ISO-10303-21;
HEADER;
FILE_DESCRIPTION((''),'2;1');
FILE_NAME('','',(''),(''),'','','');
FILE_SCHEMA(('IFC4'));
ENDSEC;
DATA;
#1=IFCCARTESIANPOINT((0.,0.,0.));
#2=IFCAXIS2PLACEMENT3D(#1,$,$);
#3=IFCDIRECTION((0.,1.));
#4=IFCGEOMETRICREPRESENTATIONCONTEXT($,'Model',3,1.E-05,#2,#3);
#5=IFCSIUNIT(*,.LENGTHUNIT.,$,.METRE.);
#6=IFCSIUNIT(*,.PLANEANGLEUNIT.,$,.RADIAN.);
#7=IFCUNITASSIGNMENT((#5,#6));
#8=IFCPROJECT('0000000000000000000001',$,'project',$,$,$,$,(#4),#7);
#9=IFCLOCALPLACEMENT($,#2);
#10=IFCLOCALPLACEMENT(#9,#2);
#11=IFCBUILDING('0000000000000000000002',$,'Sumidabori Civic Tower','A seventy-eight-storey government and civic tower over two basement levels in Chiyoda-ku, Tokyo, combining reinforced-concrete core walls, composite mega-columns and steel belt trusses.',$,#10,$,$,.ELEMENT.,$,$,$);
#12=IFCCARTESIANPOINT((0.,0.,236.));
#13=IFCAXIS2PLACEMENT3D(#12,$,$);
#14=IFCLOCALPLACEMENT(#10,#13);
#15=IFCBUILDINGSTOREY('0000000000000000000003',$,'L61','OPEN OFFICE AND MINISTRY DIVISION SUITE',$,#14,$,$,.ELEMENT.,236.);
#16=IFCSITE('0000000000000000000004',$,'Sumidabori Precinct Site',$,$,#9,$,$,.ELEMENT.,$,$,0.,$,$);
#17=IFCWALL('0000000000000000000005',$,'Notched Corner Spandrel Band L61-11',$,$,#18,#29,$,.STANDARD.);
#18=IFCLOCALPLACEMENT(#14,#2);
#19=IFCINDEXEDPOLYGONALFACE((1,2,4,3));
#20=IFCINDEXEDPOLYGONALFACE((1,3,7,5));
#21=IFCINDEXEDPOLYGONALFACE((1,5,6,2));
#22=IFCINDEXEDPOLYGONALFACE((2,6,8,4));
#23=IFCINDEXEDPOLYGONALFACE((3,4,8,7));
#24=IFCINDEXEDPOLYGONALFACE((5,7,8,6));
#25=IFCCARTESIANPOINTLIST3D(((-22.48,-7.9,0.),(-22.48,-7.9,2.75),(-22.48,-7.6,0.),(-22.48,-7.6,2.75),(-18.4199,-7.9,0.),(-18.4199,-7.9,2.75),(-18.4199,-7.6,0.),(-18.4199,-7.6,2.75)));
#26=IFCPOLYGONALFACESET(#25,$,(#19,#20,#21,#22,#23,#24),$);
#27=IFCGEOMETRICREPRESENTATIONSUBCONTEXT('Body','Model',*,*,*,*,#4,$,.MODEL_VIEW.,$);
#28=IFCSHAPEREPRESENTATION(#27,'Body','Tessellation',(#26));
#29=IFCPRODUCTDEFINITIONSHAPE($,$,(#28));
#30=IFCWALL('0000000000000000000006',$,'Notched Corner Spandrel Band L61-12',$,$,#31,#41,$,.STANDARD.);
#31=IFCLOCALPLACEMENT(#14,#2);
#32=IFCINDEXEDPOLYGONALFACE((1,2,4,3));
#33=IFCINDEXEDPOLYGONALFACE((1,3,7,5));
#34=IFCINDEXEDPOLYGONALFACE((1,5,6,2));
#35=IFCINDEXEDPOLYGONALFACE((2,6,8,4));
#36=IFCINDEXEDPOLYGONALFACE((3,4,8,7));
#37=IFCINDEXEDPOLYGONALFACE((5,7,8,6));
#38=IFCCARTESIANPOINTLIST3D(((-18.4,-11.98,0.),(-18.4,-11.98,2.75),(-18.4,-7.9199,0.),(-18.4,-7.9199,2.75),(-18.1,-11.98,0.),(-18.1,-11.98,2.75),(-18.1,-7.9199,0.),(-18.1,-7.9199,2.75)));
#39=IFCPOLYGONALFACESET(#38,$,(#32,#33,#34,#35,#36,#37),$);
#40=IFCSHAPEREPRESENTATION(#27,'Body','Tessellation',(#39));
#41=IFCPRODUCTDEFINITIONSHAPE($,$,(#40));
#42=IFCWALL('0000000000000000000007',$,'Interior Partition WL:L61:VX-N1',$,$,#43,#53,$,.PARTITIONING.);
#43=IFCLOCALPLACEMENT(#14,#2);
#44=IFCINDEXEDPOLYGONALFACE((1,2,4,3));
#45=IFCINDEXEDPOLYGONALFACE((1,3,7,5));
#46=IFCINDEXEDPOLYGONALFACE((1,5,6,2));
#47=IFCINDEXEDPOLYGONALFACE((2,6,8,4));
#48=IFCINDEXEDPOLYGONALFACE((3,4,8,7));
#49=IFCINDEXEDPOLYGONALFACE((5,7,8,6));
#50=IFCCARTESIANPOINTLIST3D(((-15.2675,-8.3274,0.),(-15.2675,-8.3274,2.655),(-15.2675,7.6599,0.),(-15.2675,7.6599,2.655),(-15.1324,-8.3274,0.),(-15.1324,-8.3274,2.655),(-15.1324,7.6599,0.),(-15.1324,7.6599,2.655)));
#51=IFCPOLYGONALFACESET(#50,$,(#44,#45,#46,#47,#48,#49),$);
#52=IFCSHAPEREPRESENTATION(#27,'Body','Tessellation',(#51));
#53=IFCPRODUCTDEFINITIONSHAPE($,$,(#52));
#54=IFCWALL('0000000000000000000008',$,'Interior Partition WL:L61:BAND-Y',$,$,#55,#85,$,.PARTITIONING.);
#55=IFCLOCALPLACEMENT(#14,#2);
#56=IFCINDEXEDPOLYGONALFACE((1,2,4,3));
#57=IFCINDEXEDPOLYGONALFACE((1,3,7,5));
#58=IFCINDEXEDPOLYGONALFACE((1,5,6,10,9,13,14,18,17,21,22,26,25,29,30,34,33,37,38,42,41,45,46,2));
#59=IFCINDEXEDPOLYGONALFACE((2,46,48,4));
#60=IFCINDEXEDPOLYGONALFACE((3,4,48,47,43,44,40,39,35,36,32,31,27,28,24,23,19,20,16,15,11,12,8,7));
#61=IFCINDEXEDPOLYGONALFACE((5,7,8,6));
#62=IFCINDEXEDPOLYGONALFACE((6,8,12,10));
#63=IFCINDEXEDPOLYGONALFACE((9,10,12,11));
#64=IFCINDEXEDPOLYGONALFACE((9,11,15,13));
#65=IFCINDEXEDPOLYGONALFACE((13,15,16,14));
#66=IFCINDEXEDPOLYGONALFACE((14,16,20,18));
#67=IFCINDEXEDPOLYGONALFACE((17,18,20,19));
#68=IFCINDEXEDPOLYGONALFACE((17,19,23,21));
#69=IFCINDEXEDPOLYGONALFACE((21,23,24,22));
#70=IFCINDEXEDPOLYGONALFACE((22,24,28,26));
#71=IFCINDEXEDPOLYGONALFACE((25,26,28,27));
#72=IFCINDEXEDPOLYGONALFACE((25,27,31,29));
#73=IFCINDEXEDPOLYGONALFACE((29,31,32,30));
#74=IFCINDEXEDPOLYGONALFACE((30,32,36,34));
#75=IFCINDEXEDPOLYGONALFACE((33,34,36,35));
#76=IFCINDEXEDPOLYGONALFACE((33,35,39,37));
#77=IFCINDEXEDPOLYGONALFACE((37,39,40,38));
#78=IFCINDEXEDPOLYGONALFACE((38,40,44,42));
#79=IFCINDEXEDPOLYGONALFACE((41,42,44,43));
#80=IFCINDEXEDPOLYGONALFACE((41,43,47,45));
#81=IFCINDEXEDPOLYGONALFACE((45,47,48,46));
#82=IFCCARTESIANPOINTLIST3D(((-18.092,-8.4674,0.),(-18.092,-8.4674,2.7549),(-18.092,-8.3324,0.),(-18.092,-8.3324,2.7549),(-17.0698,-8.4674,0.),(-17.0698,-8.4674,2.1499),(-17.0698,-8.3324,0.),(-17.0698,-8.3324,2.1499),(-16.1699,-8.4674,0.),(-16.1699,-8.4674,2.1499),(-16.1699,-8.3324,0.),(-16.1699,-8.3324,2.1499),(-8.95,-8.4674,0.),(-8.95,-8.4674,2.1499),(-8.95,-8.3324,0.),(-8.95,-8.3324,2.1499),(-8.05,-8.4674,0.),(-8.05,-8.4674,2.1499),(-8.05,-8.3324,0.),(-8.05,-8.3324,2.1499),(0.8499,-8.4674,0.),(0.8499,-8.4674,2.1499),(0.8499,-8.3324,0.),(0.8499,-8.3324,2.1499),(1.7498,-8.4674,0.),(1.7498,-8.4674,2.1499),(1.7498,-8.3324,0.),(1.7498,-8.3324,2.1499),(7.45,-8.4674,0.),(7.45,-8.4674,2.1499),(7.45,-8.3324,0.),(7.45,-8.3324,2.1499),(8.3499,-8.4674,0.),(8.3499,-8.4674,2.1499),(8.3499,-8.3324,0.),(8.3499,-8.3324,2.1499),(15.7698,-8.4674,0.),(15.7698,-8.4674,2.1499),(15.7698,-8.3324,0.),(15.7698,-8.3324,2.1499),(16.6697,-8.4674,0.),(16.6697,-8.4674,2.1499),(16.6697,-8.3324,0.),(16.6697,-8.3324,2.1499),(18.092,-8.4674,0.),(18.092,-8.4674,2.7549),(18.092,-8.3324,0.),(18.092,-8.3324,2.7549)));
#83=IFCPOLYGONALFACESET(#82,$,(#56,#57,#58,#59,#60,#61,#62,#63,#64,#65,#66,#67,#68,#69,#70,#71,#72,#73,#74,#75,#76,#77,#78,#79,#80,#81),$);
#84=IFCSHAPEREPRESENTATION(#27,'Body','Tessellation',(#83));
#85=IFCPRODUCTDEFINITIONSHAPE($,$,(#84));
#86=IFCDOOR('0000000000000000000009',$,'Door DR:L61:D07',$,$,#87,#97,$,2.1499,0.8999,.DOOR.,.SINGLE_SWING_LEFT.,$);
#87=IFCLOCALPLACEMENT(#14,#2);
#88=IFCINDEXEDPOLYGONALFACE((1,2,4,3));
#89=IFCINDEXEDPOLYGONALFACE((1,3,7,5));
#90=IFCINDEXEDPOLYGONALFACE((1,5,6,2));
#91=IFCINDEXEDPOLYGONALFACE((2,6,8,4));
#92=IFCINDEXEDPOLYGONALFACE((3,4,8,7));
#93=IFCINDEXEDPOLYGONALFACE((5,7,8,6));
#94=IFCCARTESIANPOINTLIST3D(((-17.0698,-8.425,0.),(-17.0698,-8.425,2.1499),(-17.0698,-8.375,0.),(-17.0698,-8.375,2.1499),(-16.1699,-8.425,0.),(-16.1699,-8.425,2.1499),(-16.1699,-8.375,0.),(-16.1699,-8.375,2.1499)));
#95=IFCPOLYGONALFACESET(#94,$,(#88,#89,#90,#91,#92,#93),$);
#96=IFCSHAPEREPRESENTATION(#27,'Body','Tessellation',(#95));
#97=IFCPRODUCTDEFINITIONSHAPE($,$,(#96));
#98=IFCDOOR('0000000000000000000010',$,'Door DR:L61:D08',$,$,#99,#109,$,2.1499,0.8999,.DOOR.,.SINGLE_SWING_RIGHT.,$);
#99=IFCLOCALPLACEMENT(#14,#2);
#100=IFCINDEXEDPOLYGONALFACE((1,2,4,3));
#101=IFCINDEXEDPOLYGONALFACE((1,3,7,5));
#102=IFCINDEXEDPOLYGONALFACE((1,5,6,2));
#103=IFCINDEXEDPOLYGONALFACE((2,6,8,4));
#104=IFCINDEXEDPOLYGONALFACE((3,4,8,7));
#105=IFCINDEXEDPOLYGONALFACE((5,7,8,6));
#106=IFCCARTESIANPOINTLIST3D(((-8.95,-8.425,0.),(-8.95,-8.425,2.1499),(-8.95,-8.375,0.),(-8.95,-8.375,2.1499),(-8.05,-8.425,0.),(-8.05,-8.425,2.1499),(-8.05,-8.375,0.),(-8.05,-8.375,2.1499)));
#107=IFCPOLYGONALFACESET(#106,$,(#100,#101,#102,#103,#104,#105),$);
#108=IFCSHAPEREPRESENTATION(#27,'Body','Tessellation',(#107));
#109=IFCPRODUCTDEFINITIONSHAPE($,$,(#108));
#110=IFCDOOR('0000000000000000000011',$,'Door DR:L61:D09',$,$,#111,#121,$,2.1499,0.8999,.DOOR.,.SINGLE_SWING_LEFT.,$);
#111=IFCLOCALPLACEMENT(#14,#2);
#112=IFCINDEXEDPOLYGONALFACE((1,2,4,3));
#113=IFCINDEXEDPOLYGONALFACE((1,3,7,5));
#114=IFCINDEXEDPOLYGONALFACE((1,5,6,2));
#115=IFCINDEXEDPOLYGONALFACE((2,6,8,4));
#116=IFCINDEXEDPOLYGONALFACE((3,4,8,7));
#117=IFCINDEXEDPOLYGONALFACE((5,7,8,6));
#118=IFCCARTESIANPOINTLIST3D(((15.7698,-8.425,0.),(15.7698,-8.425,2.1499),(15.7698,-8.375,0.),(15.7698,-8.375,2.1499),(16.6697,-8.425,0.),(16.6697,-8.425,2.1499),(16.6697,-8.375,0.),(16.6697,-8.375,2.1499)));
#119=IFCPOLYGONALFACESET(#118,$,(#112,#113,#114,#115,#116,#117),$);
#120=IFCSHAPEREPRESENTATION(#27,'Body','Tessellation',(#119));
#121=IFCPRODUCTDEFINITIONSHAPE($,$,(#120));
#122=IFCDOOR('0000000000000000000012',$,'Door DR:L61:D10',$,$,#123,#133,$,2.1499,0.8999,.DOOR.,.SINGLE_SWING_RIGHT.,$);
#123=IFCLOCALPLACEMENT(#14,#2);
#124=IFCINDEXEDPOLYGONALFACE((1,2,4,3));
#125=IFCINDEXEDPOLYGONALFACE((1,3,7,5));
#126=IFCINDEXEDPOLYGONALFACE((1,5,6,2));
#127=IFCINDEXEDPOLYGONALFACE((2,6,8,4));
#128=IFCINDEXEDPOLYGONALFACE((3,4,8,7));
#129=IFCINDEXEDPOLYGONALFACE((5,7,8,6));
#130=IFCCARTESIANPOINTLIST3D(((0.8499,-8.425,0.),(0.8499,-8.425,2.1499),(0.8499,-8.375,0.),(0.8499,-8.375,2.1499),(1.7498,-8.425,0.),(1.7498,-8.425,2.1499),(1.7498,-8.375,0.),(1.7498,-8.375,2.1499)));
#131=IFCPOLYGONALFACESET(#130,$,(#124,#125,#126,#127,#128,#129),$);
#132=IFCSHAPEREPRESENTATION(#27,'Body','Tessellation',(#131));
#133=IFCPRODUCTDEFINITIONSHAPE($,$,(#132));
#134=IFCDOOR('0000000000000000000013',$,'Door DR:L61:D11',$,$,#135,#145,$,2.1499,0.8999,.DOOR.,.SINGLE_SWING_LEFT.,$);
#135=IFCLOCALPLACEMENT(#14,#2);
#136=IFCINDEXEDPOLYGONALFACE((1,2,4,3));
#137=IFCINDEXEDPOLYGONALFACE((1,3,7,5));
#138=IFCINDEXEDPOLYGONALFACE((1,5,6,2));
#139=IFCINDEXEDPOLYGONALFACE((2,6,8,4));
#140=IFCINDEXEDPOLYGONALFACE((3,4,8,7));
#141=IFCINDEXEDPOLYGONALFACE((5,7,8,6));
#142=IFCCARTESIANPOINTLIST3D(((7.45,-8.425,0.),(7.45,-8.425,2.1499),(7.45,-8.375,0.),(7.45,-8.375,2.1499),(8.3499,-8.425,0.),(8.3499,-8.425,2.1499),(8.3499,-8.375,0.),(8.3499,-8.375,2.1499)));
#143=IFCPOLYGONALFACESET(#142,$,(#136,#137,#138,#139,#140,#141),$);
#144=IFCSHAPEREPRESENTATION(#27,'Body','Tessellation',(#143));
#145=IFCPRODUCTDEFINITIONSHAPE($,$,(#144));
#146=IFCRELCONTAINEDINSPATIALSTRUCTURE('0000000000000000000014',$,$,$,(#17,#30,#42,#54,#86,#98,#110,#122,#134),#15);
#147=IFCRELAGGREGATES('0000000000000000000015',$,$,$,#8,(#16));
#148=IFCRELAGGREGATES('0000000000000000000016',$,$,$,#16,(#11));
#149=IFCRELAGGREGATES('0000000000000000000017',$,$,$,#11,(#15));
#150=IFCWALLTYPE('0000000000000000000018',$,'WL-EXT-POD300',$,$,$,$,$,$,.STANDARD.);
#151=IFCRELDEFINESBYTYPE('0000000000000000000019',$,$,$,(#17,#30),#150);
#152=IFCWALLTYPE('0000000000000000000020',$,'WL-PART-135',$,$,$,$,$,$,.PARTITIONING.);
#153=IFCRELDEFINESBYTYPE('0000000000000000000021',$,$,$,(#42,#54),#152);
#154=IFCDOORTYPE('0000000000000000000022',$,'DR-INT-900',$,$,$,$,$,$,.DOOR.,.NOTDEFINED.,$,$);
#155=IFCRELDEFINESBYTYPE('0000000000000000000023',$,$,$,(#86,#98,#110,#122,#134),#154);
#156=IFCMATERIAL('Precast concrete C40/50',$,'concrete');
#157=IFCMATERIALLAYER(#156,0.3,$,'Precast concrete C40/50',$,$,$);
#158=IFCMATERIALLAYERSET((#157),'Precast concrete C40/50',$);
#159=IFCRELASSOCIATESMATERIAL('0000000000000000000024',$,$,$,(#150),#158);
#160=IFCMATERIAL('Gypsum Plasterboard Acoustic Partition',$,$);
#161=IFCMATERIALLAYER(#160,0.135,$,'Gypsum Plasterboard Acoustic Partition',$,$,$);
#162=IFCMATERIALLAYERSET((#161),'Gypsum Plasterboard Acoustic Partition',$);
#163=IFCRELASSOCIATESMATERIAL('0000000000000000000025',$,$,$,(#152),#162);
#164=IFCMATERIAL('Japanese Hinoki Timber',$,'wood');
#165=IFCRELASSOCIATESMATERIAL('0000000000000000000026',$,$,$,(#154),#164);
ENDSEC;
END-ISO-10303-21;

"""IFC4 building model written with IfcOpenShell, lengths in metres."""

from ifc_helpers import new_model, si_unit, direction, frame, frame_2d, origin, place, context, subcontext, project, spatial, rectangle, extrude, source, transform, mapped, material, layer, layer_set, type_object, element, fill, save


model = new_model("IFC4")

# Units and contexts
model_context = context("Model", 3, precision=1e-05, world=origin(), true_north=direction((0.0, 1.0)))
body_context = subcontext(model_context, "Body", "Model", "MODEL_VIEW")
ifc_project = project(units=[si_unit("LENGTHUNIT", "METRE"), si_unit("PLANEANGLEUNIT", "RADIAN")], contexts=[model_context])

# Site, building, storey
site_placement = place(None, origin())
site = spatial("IfcSite", under=ifc_project, at=site_placement, Name="Sumidabori Precinct Site", CompositionType="ELEMENT", RefElevation=0.0)
building_placement = place(site_placement, origin())
building = spatial("IfcBuilding", under=site, at=building_placement, Name="Sumidabori Civic Tower", Description="A seventy-eight-storey government and civic tower over two basement levels in Chiyoda-ku, Tokyo, combining reinforced-concrete core walls, composite mega-columns and steel belt trusses.", CompositionType="ELEMENT")
storey_placement = place(building_placement, frame((0.0, 0.0, 236.0)))
storey = spatial("IfcBuildingStorey", under=building, at=storey_placement, Name="L61", Description="OPEN OFFICE AND MINISTRY DIVISION SUITE", CompositionType="ELEMENT", Elevation=236.0)

# Walls
ifc_material_1 = material(Name="Precast concrete C40/50", Category="concrete")
ifc_layer_1 = layer(ifc_material_1, 0.3, Name="Precast concrete C40/50")
ifc_layer_set_1 = layer_set([ifc_layer_1], Name="Precast concrete C40/50")
wall_type_1 = type_object("IfcWallType", Name="WL-EXT-POD300", PredefinedType="STANDARD", material=ifc_layer_set_1)
shared_shape_1 = source(origin(), body_context, "Body", "SweptSolid", [
    extrude(rectangle(XDim=4.0601, YDim=0.3, at=frame_2d((2.03, 0.0))), origin(), (0.0, 0.0, 1.0), 2.75),
])
for number, where, z_axis, x_axis, name in (
    (1, (-22.48, -7.75, 0.0), (0.0, 0.0, 1.0), (1.0, 0.0, 0.0), "Notched Corner Spandrel Band L61-11"),
    (2, (-18.25, -7.9199, 0.0), (0.0, 0.0, 1.0), (0.0, -1.0, 0.0), "Notched Corner Spandrel Band L61-12"),
):
    element("IfcWall", number, at=place(storey_placement, frame(where, z_axis=z_axis, x_axis=x_axis)), inside=storey, type_object=wall_type_1, Name=name, PredefinedType="STANDARD", context=body_context, shape_type="MappedRepresentation", body=[
        mapped(shared_shape_1, transform((0.0, 0.0, 0.0), x_axis=(1.0, 0.0, 0.0), y_axis=(0.0, 1.0, 0.0), z_axis=(0.0, 0.0, 1.0), scale=1.0)),
    ])
ifc_material_2 = material(Name="Gypsum Plasterboard Acoustic Partition")
ifc_layer_2 = layer(ifc_material_2, 0.135, Name="Gypsum Plasterboard Acoustic Partition")
ifc_layer_set_2 = layer_set([ifc_layer_2], Name="Gypsum Plasterboard Acoustic Partition")
wall_type_2 = type_object("IfcWallType", Name="WL-PART-135", PredefinedType="PARTITIONING", material=ifc_layer_set_2)
shared_shape_2 = source(origin(), body_context, "Body", "SweptSolid", [
    extrude(rectangle(XDim=15.9873, YDim=0.135, at=frame_2d((7.9937, 0.0))), origin(), (0.0, 0.0, 1.0), 2.655),
])
wall_1_placement = place(storey_placement, frame((-15.2, -8.3274, 0.0), z_axis=(0.0, 0.0, 1.0), x_axis=(0.0, 1.0, 0.0)))
element("IfcWall", 3, at=wall_1_placement, inside=storey, type_object=wall_type_2, Name="Interior Partition WL:L61:VX-N1", PredefinedType="PARTITIONING", context=body_context, shape_type="MappedRepresentation", body=[
    mapped(shared_shape_2, transform((0.0, 0.0, 0.0), x_axis=(1.0, 0.0, 0.0), y_axis=(0.0, 1.0, 0.0), z_axis=(0.0, 0.0, 1.0), scale=1.0)),
])

# Wall, openings, doors
shared_shape_3 = source(origin(), body_context, "Body", "SweptSolid", [
    extrude(rectangle(XDim=36.1841, YDim=0.135, at=frame_2d((18.092, 0.0))), origin(), (0.0, 0.0, 1.0), 2.7549),
])
wall_2_placement = place(storey_placement, frame((-18.092, -8.3999, 0.0), z_axis=(0.0, 0.0, 1.0), x_axis=(1.0, 0.0, 0.0)))
wall_2 = element("IfcWall", 4, at=wall_2_placement, inside=storey, type_object=wall_type_2, Name="Interior Partition WL:L61:BAND-Y", PredefinedType="PARTITIONING", context=body_context, shape_type="MappedRepresentation", body=[
    mapped(shared_shape_3, transform((0.0, 0.0, 0.0), x_axis=(1.0, 0.0, 0.0), y_axis=(0.0, 1.0, 0.0), z_axis=(0.0, 0.0, 1.0), scale=1.0)),
])
opening_1_placement = place(wall_2_placement, frame((1.0222, 0.0, 0.0)))
opening_1 = element("IfcOpeningElement", 5, at=opening_1_placement, cuts=wall_2, PredefinedType="OPENING", context=body_context, shape_type="SweptSolid", body=[
    extrude(rectangle(XDim=0.8999, YDim=2.1499, at=frame_2d((0.45, 1.075))), frame((0.0, 0.0796, 0.0), z_axis=(0.0, -1.0, 0.0), x_axis=(1.0, 0.0, 0.0)), (0.0, 0.0, 1.0), 0.1589),
])
opening_2_placement = place(wall_2_placement, frame((9.1421, 0.0, 0.0)))
opening_2 = element("IfcOpeningElement", 6, at=opening_2_placement, cuts=wall_2, PredefinedType="OPENING", context=body_context, shape_type="SweptSolid", body=[
    extrude(rectangle(XDim=0.8999, YDim=2.1499, at=frame_2d((0.45, 1.075))), frame((0.0, 0.0796, 0.0), z_axis=(0.0, -1.0, 0.0), x_axis=(1.0, 0.0, 0.0)), (0.0, 0.0, 1.0), 0.1589),
])
opening_3_placement = place(wall_2_placement, frame((33.8618, 0.0, 0.0)))
opening_3 = element("IfcOpeningElement", 7, at=opening_3_placement, cuts=wall_2, PredefinedType="OPENING", context=body_context, shape_type="SweptSolid", body=[
    extrude(rectangle(XDim=0.8999, YDim=2.1499, at=frame_2d((0.45, 1.075))), frame((0.0, 0.0796, 0.0), z_axis=(0.0, -1.0, 0.0), x_axis=(1.0, 0.0, 0.0)), (0.0, 0.0, 1.0), 0.1589),
])
opening_4_placement = place(wall_2_placement, frame((18.9419, 0.0, 0.0)))
opening_4 = element("IfcOpeningElement", 8, at=opening_4_placement, cuts=wall_2, PredefinedType="OPENING", context=body_context, shape_type="SweptSolid", body=[
    extrude(rectangle(XDim=0.8999, YDim=2.1499, at=frame_2d((0.45, 1.075))), frame((0.0, 0.0796, 0.0), z_axis=(0.0, -1.0, 0.0), x_axis=(1.0, 0.0, 0.0)), (0.0, 0.0, 1.0), 0.1589),
])
opening_5_placement = place(wall_2_placement, frame((25.542, 0.0, 0.0)))
opening_5 = element("IfcOpeningElement", 9, at=opening_5_placement, cuts=wall_2, PredefinedType="OPENING", context=body_context, shape_type="SweptSolid", body=[
    extrude(rectangle(XDim=0.8999, YDim=2.1499, at=frame_2d((0.45, 1.075))), frame((0.0, 0.0796, 0.0), z_axis=(0.0, -1.0, 0.0), x_axis=(1.0, 0.0, 0.0)), (0.0, 0.0, 1.0), 0.1589),
])
ifc_material_3 = material(Name="Japanese Hinoki Timber", Category="wood")
door_type = type_object("IfcDoorType", Name="DR-INT-900", OperationType="NOTDEFINED", PredefinedType="DOOR", material=ifc_material_3)
shared_shape_4 = source(origin(), body_context, "Body", "SweptSolid", [
    extrude(rectangle(XDim=0.8999, YDim=2.1499, at=frame_2d((0.45, 1.075))), frame((0.0, 0.0249, 0.0), z_axis=(0.0, -1.0, 0.0), x_axis=(1.0, 0.0, 0.0)), (0.0, 0.0, 1.0), 0.05),
])
door_1_placement = place(opening_1_placement, origin())
door_1 = element("IfcDoor", 10, at=door_1_placement, inside=storey, type_object=door_type, Name="Door DR:L61:D07", OperationType="SINGLE_SWING_LEFT", OverallHeight=2.1499, OverallWidth=0.8999, PredefinedType="DOOR", context=body_context, shape_type="MappedRepresentation", body=[
    mapped(shared_shape_4, transform((0.0, 0.0, 0.0), x_axis=(1.0, 0.0, 0.0), y_axis=(0.0, 1.0, 0.0), z_axis=(0.0, 0.0, 1.0), scale=1.0)),
])
fill(opening_1, door_1)
door_2_placement = place(opening_2_placement, origin())
door_2 = element("IfcDoor", 11, at=door_2_placement, inside=storey, type_object=door_type, Name="Door DR:L61:D08", OperationType="SINGLE_SWING_RIGHT", OverallHeight=2.1499, OverallWidth=0.8999, PredefinedType="DOOR", context=body_context, shape_type="MappedRepresentation", body=[
    mapped(shared_shape_4, transform((0.0, 0.0, 0.0), x_axis=(1.0, 0.0, 0.0), y_axis=(0.0, 1.0, 0.0), z_axis=(0.0, 0.0, 1.0), scale=1.0)),
])
fill(opening_2, door_2)
door_3_placement = place(opening_3_placement, origin())
door_3 = element("IfcDoor", 12, at=door_3_placement, inside=storey, type_object=door_type, Name="Door DR:L61:D09", OperationType="SINGLE_SWING_LEFT", OverallHeight=2.1499, OverallWidth=0.8999, PredefinedType="DOOR", context=body_context, shape_type="MappedRepresentation", body=[
    mapped(shared_shape_4, transform((0.0, 0.0, 0.0), x_axis=(1.0, 0.0, 0.0), y_axis=(0.0, 1.0, 0.0), z_axis=(0.0, 0.0, 1.0), scale=1.0)),
])
fill(opening_3, door_3)
door_4_placement = place(opening_4_placement, origin())
door_4 = element("IfcDoor", 13, at=door_4_placement, inside=storey, type_object=door_type, Name="Door DR:L61:D10", OperationType="SINGLE_SWING_RIGHT", OverallHeight=2.1499, OverallWidth=0.8999, PredefinedType="DOOR", context=body_context, shape_type="MappedRepresentation", body=[
    mapped(shared_shape_4, transform((0.0, 0.0, 0.0), x_axis=(1.0, 0.0, 0.0), y_axis=(0.0, 1.0, 0.0), z_axis=(0.0, 0.0, 1.0), scale=1.0)),
])
fill(opening_4, door_4)
door_5_placement = place(opening_5_placement, origin())
door_5 = element("IfcDoor", 14, at=door_5_placement, inside=storey, type_object=door_type, Name="Door DR:L61:D11", OperationType="SINGLE_SWING_LEFT", OverallHeight=2.1499, OverallWidth=0.8999, PredefinedType="DOOR", context=body_context, shape_type="MappedRepresentation", body=[
    mapped(shared_shape_4, transform((0.0, 0.0, 0.0), x_axis=(1.0, 0.0, 0.0), y_axis=(0.0, 1.0, 0.0), z_axis=(0.0, 0.0, 1.0), scale=1.0)),
])
fill(opening_5, door_5)

save(model, "model.ifc")
